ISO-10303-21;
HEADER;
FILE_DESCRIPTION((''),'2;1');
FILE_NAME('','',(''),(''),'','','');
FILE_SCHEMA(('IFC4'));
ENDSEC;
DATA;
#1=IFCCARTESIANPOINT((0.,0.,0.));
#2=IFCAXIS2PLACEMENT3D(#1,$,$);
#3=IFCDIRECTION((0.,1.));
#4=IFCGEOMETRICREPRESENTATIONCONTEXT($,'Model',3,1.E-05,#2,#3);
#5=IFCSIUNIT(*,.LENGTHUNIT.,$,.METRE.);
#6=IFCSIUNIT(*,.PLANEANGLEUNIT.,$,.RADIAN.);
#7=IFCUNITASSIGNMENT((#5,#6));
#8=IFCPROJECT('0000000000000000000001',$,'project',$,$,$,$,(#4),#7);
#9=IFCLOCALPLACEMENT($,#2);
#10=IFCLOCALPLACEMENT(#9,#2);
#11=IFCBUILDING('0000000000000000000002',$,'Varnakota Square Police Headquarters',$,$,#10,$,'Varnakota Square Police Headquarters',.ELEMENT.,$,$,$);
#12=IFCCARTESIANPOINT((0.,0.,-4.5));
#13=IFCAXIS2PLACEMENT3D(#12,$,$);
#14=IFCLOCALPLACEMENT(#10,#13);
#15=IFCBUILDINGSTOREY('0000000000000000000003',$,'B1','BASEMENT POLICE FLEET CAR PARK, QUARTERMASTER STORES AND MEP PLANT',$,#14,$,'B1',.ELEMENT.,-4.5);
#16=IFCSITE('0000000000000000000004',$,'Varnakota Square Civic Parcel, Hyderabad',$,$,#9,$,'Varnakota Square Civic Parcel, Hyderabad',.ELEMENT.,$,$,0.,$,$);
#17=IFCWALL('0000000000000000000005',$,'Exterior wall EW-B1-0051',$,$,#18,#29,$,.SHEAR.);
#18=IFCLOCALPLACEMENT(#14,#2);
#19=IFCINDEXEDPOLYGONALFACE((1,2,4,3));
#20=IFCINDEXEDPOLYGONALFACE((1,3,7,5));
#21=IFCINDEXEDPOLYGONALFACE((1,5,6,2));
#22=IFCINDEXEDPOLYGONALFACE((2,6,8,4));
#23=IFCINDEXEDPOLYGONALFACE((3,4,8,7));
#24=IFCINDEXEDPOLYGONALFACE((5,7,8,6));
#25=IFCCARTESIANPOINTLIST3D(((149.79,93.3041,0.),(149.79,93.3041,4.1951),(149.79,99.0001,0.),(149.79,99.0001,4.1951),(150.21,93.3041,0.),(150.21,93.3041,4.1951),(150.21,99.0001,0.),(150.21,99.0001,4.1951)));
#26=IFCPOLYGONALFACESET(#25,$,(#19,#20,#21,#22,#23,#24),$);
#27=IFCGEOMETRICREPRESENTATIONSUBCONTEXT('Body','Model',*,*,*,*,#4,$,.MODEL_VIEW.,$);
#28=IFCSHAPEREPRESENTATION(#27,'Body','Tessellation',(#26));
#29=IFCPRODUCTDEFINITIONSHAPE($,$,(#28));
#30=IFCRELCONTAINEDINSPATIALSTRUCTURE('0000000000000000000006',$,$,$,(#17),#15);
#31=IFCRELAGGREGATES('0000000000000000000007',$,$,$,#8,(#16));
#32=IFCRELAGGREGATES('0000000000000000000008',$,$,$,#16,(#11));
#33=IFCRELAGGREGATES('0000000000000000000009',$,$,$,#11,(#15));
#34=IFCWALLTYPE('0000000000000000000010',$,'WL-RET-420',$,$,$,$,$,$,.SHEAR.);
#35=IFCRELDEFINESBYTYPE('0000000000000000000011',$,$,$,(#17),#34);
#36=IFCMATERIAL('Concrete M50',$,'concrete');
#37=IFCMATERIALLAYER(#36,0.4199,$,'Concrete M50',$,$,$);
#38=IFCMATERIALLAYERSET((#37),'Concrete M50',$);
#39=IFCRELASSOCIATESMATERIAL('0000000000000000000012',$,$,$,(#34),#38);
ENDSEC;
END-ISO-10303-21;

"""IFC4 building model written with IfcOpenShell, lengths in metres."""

from ifc_helpers import new_model, si_unit, direction, frame, frame_2d, origin, place, context, subcontext, project, spatial, rectangle, extrude, material, layer, layer_set, type_object, element, save


model = new_model("IFC4")

# Units and contexts
model_context = context("Model", 3, precision=1e-05, world=origin(), true_north=direction((0.0, 1.0)))
body_context = subcontext(model_context, "Body", "Model", "MODEL_VIEW")
ifc_project = project(units=[si_unit("LENGTHUNIT", "METRE"), si_unit("PLANEANGLEUNIT", "RADIAN")], contexts=[model_context])

# Site, building, storey
site_placement = place(None, origin())
site = spatial("IfcSite", under=ifc_project, at=site_placement, Name="Varnakota Square Civic Parcel, Hyderabad", LongName="Varnakota Square Civic Parcel, Hyderabad", CompositionType="ELEMENT", RefElevation=0.0)
building_placement = place(site_placement, origin())
building = spatial("IfcBuilding", under=site, at=building_placement, Name="Varnakota Square Police Headquarters", LongName="Varnakota Square Police Headquarters", CompositionType="ELEMENT")
storey_placement = place(building_placement, frame((0.0, 0.0, -4.5)))
storey = spatial("IfcBuildingStorey", under=building, at=storey_placement, Name="B1", Description="BASEMENT POLICE FLEET CAR PARK, QUARTERMASTER STORES AND MEP PLANT", LongName="B1", CompositionType="ELEMENT", Elevation=-4.5)

# Shared definitions
ifc_material_1 = material(Name="Concrete M50", Category="concrete")

# Wall
ifc_layer_1 = layer(ifc_material_1, 0.4199, Name="Concrete M50")
ifc_layer_set_1 = layer_set([ifc_layer_1], Name="Concrete M50")
wall_type_1 = type_object("IfcWallType", Name="WL-RET-420", PredefinedType="SHEAR", material=ifc_layer_set_1)
wall_1_placement = place(storey_placement, frame((150.0, 93.304, 0.0), z_axis=(0.0, 0.0, 1.0), x_axis=(0.0, 1.0, 0.0)))
element("IfcWall", 1, at=wall_1_placement, inside=storey, type_object=wall_type_1, Name="Exterior wall EW-B1-0051", PredefinedType="SHEAR", context=body_context, shape_type="SweptSolid", body=[
    extrude(rectangle(XDim=5.696, YDim=0.4199, at=frame_2d((2.8481, 0.0))), origin(), (0.0, 0.0, 1.0), 4.1951),
])

save(model, "model.ifc")
